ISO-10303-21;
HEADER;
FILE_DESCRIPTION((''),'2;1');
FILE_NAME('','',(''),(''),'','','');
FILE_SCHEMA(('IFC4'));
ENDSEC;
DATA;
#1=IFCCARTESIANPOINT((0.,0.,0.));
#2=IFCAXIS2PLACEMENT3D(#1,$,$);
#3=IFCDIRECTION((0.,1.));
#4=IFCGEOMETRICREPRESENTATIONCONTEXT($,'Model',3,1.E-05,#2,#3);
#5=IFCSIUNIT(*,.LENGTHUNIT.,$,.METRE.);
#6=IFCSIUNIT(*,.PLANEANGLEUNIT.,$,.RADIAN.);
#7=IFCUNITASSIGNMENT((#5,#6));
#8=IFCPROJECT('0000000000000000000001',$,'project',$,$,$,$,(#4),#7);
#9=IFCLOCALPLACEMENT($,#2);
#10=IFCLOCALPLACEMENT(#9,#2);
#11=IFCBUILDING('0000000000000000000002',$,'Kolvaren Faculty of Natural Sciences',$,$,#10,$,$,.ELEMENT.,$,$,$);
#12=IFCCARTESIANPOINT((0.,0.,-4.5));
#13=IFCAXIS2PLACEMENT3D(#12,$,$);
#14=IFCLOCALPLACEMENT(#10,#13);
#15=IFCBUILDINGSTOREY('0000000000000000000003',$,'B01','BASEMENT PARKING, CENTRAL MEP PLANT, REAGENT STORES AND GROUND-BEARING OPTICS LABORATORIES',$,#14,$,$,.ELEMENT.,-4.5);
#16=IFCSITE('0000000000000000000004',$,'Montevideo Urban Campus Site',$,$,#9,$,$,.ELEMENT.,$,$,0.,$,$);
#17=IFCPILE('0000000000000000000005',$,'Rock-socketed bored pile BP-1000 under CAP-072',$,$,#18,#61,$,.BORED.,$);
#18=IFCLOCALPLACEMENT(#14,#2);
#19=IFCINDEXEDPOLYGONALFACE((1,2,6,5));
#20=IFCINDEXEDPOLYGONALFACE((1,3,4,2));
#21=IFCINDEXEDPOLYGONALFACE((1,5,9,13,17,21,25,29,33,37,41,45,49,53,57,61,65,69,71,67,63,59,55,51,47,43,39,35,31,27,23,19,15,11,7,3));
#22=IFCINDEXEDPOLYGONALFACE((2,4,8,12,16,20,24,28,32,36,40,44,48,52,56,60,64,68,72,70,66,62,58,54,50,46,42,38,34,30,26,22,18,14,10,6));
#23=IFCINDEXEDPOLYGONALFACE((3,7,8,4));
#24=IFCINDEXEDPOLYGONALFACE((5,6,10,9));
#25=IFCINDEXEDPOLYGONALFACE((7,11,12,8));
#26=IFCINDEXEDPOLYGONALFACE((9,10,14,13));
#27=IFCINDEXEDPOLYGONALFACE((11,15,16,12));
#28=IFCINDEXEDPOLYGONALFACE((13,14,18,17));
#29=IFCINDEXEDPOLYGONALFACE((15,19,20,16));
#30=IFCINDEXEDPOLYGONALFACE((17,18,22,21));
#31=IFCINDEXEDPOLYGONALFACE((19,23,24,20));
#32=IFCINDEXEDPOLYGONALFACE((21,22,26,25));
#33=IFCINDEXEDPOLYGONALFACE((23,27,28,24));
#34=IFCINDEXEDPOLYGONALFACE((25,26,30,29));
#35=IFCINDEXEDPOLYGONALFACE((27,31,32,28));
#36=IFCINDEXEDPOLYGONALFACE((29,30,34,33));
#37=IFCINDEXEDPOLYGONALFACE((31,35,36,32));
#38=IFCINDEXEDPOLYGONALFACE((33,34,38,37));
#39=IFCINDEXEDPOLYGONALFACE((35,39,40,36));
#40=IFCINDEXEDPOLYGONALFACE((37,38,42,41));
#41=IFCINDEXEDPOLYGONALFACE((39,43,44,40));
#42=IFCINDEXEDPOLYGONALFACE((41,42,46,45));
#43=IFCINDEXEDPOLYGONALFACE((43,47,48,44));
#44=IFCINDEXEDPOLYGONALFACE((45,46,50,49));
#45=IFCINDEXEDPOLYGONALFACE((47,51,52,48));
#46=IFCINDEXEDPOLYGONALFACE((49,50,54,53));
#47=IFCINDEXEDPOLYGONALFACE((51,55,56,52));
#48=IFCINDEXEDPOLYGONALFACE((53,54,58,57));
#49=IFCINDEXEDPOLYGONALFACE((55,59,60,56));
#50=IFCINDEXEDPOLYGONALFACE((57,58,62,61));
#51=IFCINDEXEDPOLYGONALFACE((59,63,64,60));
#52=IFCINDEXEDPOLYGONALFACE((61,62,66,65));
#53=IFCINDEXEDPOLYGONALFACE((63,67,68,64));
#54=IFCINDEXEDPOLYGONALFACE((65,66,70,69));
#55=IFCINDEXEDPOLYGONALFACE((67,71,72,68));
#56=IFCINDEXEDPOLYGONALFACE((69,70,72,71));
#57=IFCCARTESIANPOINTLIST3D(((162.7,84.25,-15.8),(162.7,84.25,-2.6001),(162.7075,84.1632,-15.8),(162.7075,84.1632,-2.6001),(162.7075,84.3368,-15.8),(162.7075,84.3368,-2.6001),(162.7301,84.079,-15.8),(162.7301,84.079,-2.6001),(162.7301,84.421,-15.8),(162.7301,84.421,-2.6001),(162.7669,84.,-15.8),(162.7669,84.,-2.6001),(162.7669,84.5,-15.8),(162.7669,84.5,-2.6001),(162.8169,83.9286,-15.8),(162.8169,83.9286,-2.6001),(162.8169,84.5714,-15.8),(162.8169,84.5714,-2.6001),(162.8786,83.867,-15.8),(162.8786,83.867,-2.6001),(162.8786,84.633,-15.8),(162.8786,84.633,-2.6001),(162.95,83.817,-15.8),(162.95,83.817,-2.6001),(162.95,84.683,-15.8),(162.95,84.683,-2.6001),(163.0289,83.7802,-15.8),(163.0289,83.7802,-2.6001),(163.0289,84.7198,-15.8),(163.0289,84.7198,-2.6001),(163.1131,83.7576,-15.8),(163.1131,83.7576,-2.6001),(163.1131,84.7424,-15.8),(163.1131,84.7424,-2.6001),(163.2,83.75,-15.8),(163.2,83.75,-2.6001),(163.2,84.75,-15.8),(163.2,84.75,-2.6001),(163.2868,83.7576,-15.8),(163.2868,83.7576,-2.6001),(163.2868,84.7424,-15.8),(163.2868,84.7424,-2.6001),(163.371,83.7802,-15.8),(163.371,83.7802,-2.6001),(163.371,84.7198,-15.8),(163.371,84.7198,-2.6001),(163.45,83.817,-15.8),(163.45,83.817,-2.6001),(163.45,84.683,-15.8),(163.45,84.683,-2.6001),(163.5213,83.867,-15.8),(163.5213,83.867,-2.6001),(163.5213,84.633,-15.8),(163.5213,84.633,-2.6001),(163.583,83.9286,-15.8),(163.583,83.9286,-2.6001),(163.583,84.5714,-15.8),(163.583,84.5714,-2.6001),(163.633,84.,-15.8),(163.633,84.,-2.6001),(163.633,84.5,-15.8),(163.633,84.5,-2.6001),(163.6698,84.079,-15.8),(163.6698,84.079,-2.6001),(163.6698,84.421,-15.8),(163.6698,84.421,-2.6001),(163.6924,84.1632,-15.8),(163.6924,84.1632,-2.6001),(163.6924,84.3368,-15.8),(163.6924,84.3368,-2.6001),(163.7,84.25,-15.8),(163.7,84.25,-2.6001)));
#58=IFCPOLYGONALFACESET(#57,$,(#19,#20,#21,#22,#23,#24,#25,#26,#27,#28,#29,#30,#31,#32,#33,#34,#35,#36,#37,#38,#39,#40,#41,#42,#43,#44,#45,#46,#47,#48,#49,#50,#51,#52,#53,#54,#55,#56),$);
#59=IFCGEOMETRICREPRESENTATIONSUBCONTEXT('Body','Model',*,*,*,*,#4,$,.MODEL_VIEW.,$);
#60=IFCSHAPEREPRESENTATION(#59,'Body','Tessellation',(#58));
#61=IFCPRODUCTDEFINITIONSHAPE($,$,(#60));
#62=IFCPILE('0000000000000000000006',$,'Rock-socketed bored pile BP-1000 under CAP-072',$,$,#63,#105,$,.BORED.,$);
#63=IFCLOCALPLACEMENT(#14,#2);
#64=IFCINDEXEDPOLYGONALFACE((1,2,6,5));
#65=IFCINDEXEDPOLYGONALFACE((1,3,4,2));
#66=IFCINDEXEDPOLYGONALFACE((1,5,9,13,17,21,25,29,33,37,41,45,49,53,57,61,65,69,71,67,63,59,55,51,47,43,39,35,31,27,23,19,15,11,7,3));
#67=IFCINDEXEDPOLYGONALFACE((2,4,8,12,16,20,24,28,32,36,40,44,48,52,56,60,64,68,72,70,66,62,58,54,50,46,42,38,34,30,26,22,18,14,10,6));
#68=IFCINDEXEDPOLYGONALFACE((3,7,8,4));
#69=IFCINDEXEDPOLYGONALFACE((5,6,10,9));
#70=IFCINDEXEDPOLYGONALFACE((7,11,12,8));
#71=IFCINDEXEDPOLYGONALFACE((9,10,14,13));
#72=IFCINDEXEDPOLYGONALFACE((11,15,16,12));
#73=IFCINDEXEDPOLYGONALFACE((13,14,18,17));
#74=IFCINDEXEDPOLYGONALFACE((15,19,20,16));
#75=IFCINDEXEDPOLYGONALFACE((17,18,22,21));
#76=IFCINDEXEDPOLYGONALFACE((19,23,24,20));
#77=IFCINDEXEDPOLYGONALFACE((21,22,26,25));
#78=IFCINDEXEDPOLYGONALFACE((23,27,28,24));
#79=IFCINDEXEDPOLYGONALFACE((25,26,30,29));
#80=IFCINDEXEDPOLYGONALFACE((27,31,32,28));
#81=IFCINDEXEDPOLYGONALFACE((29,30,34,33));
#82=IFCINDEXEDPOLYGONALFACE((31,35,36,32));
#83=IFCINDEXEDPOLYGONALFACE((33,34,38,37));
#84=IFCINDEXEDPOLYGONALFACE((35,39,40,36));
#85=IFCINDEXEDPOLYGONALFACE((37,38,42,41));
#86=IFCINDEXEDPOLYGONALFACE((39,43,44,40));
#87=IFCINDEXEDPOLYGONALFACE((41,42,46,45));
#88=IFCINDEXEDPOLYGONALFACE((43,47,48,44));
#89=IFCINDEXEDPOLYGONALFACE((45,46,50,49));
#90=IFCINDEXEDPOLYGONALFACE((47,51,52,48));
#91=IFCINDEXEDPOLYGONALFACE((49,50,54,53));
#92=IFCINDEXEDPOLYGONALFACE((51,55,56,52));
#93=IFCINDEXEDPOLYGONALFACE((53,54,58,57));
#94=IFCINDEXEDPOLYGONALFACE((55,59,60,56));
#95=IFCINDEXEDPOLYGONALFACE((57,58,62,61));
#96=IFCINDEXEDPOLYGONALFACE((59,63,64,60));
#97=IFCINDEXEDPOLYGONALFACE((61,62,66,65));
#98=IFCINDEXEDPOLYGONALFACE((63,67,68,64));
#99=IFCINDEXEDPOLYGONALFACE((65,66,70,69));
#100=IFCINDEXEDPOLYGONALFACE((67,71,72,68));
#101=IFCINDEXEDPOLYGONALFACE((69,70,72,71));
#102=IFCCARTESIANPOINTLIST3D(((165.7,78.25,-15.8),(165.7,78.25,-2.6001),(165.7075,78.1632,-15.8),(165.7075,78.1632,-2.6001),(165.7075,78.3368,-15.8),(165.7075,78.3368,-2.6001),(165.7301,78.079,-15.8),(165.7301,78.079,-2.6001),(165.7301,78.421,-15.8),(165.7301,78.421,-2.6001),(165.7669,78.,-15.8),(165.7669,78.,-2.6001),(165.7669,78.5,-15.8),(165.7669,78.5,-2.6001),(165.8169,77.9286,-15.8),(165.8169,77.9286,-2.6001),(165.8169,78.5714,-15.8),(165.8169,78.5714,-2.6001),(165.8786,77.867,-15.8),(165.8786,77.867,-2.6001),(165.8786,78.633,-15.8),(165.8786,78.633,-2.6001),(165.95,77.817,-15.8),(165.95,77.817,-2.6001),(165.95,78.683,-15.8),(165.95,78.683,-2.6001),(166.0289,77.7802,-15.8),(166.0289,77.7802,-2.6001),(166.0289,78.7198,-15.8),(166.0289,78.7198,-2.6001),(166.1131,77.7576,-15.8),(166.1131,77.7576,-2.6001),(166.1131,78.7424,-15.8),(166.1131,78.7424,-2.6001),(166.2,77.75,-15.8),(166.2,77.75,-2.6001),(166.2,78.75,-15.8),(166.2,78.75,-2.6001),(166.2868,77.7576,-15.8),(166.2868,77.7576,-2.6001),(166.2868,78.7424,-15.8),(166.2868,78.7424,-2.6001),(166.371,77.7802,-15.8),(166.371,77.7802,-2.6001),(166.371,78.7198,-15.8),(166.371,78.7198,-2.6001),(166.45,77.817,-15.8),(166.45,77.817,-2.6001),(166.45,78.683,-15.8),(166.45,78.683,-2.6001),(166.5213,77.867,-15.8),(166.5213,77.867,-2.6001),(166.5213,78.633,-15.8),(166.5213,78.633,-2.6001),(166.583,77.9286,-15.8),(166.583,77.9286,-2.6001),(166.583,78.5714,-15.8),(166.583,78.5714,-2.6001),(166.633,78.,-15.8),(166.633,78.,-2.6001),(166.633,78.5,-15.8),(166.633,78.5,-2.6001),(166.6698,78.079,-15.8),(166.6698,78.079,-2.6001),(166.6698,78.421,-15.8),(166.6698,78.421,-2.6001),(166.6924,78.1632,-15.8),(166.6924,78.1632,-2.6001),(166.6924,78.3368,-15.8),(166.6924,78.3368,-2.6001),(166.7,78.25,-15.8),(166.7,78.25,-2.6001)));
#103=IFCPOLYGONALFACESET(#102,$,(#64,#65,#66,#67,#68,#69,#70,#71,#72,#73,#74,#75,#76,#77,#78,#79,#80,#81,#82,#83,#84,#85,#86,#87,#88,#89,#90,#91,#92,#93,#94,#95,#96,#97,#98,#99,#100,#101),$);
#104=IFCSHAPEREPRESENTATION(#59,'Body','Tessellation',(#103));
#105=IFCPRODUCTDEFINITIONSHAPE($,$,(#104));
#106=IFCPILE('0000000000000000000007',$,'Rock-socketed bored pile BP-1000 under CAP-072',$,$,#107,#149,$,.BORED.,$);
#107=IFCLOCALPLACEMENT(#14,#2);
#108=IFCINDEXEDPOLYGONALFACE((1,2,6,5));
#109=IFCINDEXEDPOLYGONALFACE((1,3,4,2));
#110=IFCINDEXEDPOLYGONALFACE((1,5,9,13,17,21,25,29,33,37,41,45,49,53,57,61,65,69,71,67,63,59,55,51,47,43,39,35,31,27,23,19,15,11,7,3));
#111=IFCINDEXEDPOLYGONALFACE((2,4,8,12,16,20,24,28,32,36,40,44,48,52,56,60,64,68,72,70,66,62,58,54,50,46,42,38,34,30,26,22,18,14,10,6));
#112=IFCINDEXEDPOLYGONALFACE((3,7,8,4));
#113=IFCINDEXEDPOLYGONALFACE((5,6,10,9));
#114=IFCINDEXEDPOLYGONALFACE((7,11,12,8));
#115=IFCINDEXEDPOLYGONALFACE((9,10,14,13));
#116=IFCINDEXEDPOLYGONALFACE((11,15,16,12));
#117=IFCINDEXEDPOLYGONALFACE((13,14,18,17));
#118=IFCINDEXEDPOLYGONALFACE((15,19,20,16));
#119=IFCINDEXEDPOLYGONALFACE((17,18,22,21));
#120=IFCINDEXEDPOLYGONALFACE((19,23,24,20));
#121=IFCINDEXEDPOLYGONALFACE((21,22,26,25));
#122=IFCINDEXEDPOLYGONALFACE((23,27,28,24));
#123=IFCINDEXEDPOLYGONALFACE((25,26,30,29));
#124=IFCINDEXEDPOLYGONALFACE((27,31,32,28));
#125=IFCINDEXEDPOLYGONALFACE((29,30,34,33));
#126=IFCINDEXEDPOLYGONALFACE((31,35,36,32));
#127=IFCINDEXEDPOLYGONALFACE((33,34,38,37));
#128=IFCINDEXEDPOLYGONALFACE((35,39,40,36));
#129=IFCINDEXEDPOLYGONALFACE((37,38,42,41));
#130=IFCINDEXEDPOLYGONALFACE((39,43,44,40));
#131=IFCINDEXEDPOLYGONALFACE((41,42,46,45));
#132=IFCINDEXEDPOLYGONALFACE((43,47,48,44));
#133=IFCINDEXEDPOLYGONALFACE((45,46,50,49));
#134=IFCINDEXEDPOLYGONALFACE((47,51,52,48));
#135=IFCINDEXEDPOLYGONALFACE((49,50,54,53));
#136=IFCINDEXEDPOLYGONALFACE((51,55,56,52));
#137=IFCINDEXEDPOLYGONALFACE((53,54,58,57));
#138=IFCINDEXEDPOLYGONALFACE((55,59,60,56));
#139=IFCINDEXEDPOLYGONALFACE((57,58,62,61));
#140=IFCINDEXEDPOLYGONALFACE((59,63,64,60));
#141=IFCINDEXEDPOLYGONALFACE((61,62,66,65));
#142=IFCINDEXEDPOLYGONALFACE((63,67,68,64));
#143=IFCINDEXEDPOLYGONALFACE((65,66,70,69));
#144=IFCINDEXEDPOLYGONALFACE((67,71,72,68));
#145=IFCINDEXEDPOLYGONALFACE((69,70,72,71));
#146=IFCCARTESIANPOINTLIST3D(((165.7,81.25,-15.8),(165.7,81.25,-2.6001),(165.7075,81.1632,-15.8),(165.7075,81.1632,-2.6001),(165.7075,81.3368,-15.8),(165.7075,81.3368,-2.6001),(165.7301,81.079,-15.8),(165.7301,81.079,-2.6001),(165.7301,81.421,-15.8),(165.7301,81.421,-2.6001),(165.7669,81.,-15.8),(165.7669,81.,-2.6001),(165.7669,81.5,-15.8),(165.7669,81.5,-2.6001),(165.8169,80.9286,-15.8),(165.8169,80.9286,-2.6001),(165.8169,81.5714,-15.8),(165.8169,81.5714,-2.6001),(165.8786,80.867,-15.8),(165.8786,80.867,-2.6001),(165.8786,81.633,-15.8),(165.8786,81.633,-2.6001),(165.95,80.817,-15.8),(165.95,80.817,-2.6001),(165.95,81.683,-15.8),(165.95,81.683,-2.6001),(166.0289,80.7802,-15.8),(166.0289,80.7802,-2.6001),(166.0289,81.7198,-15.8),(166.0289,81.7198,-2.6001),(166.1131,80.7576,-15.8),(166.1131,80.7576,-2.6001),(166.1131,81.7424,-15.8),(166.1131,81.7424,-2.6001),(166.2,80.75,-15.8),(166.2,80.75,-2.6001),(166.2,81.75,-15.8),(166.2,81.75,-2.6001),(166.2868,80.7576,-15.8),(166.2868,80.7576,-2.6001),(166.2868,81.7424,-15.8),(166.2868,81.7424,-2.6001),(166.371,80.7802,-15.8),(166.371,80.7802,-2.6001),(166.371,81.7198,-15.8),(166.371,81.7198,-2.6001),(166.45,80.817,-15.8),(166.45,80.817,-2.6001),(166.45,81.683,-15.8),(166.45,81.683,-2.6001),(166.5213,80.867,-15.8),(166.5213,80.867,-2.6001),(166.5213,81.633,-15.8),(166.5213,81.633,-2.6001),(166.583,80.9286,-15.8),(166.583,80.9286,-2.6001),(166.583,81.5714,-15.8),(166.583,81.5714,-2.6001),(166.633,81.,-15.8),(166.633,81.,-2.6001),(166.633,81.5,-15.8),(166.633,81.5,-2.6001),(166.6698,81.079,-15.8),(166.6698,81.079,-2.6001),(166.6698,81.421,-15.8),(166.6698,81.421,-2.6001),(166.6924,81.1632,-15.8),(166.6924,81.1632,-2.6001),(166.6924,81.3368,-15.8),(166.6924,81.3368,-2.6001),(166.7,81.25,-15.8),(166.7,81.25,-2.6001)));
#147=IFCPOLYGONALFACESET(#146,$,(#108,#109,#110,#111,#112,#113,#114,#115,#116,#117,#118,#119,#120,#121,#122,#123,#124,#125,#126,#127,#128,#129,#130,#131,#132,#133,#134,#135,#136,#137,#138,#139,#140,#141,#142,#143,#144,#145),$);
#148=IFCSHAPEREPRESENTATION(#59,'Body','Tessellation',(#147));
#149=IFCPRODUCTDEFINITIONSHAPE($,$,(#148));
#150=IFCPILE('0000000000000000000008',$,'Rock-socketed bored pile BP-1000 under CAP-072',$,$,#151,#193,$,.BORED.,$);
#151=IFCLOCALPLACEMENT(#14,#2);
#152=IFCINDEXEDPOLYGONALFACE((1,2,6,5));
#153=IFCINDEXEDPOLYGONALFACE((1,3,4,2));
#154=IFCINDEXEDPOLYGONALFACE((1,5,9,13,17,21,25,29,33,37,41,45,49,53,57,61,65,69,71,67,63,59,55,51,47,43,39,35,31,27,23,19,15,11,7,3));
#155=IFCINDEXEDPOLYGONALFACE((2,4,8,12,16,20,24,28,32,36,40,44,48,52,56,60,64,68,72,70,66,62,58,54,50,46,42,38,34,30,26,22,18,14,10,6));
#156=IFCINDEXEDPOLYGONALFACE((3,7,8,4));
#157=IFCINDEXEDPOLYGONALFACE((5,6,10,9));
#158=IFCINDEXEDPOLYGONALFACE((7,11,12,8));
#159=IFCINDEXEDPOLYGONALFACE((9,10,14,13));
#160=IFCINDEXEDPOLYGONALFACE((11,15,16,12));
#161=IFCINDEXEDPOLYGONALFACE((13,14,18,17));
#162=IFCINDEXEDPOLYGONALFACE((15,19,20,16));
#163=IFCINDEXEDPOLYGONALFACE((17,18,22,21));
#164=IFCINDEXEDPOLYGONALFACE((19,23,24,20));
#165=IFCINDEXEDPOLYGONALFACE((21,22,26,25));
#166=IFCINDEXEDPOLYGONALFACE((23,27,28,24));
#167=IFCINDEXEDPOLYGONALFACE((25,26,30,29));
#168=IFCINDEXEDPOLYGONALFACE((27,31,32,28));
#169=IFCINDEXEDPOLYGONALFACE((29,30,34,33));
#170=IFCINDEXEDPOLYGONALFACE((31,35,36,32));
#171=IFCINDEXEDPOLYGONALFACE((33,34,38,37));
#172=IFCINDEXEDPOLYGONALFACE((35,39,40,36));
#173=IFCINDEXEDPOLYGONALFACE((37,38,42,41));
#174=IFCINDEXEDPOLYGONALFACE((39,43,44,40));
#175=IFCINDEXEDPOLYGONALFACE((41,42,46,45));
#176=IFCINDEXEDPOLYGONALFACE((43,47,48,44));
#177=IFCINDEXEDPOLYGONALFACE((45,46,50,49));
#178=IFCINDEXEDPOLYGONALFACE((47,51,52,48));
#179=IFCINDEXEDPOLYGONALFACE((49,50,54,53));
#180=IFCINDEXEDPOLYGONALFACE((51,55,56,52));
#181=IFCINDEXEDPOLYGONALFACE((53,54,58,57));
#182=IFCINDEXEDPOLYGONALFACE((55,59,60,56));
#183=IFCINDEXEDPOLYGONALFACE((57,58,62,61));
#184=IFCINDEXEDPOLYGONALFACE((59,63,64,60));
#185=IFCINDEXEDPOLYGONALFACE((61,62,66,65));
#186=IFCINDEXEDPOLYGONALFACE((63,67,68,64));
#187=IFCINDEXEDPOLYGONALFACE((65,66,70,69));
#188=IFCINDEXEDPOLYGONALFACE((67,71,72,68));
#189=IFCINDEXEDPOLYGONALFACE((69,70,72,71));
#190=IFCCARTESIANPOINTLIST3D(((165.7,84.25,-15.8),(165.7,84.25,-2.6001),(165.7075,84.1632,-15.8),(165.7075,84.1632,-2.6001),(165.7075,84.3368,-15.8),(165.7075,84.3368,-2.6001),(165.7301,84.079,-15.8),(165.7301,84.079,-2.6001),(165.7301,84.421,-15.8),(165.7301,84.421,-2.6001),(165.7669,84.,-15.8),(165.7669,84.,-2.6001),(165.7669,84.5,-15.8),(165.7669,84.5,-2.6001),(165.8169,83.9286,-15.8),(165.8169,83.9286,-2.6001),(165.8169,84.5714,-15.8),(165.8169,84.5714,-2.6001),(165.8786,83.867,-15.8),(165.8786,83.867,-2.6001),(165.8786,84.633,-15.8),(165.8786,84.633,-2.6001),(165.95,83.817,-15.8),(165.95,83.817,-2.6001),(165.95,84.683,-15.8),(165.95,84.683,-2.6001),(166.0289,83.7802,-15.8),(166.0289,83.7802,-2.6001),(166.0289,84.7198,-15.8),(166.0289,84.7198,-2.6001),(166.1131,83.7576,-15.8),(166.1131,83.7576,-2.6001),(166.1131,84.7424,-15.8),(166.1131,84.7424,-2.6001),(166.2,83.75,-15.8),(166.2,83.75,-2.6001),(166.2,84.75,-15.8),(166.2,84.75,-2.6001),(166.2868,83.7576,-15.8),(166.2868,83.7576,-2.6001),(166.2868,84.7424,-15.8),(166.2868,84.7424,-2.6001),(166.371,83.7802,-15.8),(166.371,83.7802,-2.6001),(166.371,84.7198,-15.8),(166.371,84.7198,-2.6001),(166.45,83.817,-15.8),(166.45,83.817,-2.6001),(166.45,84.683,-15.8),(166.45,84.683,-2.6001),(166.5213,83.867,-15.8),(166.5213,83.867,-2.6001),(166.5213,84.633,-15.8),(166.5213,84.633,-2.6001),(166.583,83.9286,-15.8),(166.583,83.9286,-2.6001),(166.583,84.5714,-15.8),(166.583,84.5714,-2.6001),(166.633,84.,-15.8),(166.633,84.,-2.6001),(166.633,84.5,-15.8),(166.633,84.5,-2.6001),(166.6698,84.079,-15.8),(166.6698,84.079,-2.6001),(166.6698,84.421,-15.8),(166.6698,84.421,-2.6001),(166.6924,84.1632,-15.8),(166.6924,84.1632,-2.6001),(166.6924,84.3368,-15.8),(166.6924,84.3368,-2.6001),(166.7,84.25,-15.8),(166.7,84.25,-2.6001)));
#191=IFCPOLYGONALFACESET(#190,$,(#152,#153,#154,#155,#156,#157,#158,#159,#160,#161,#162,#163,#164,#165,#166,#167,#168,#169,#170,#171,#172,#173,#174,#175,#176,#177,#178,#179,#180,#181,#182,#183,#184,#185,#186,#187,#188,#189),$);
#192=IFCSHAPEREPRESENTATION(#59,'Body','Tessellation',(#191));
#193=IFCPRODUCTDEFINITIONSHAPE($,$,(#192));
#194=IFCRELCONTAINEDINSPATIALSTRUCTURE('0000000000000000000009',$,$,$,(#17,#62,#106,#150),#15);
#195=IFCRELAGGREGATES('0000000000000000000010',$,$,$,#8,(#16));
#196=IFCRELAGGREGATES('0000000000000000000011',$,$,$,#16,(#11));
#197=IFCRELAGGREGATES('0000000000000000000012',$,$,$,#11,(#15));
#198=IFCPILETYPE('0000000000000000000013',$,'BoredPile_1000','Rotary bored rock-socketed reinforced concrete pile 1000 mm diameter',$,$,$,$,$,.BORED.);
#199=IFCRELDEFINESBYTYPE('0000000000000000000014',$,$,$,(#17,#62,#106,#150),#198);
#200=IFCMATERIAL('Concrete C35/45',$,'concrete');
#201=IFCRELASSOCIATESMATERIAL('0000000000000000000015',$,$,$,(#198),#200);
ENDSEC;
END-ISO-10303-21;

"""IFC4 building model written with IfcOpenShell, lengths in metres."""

from ifc_helpers import new_model, si_unit, direction, frame, origin, origin_2d, place, context, subcontext, project, spatial, circle, extrude, material, material_profile, profile_set, type_object, element, save


model = new_model("IFC4")

# Units and contexts
model_context = context("Model", 3, precision=1e-05, world=origin(), true_north=direction((0.0, 1.0)))
body_context = subcontext(model_context, "Body", "Model", "MODEL_VIEW")
ifc_project = project(units=[si_unit("LENGTHUNIT", "METRE"), si_unit("PLANEANGLEUNIT", "RADIAN")], contexts=[model_context])

# Site, building, storey
site_placement = place(None, origin())
site = spatial("IfcSite", under=ifc_project, at=site_placement, Name="Montevideo Urban Campus Site", CompositionType="ELEMENT", RefElevation=0.0)
building_placement = place(site_placement, origin())
building = spatial("IfcBuilding", under=site, at=building_placement, Name="Kolvaren Faculty of Natural Sciences", CompositionType="ELEMENT")
storey_placement = place(building_placement, frame((0.0, 0.0, -4.5)))
storey = spatial("IfcBuildingStorey", under=building, at=storey_placement, Name="B01", Description="BASEMENT PARKING, CENTRAL MEP PLANT, REAGENT STORES AND GROUND-BEARING OPTICS LABORATORIES", CompositionType="ELEMENT", Elevation=-4.5)

# Piles
ifc_material_1 = material(Name="Concrete C35/45", Category="concrete")
ifc_material_profile_1 = material_profile(ifc_material_1, circle(Radius=0.5, at=origin_2d()), Name="PILE D1000")
ifc_profile_set_1 = profile_set([ifc_material_profile_1], Name="Concrete C35/45")
pile_type = type_object("IfcPileType", Name="BoredPile_1000", Description="Rotary bored rock-socketed reinforced concrete pile 1000 mm diameter", PredefinedType="BORED", material=ifc_profile_set_1)
for number, where, z_axis, x_axis, name in (
    (1, (163.2, 84.25, -2.6001), (0.0, 0.0, -1.0), (1.0, 0.0, 0.0), "Rock-socketed bored pile BP-1000 under CAP-072"),
    (2, (166.2, 78.25, -2.6001), (0.0, 0.0, -1.0), (1.0, 0.0, 0.0), "Rock-socketed bored pile BP-1000 under CAP-072"),
    (3, (166.2, 81.25, -2.6001), (0.0, 0.0, -1.0), (1.0, 0.0, 0.0), "Rock-socketed bored pile BP-1000 under CAP-072"),
    (4, (166.2, 84.25, -2.6001), (0.0, 0.0, -1.0), (1.0, 0.0, 0.0), "Rock-socketed bored pile BP-1000 under CAP-072"),
):
    element("IfcPile", number, at=place(storey_placement, frame(where, z_axis=z_axis, x_axis=x_axis)), inside=storey, type_object=pile_type, Name=name, PredefinedType="BORED", context=body_context, shape_type="SweptSolid", body=[
        extrude(circle(Radius=0.5, at=origin_2d()), origin(), (0.0, 0.0, 1.0), 13.2),
    ])

save(model, "model.ifc")
